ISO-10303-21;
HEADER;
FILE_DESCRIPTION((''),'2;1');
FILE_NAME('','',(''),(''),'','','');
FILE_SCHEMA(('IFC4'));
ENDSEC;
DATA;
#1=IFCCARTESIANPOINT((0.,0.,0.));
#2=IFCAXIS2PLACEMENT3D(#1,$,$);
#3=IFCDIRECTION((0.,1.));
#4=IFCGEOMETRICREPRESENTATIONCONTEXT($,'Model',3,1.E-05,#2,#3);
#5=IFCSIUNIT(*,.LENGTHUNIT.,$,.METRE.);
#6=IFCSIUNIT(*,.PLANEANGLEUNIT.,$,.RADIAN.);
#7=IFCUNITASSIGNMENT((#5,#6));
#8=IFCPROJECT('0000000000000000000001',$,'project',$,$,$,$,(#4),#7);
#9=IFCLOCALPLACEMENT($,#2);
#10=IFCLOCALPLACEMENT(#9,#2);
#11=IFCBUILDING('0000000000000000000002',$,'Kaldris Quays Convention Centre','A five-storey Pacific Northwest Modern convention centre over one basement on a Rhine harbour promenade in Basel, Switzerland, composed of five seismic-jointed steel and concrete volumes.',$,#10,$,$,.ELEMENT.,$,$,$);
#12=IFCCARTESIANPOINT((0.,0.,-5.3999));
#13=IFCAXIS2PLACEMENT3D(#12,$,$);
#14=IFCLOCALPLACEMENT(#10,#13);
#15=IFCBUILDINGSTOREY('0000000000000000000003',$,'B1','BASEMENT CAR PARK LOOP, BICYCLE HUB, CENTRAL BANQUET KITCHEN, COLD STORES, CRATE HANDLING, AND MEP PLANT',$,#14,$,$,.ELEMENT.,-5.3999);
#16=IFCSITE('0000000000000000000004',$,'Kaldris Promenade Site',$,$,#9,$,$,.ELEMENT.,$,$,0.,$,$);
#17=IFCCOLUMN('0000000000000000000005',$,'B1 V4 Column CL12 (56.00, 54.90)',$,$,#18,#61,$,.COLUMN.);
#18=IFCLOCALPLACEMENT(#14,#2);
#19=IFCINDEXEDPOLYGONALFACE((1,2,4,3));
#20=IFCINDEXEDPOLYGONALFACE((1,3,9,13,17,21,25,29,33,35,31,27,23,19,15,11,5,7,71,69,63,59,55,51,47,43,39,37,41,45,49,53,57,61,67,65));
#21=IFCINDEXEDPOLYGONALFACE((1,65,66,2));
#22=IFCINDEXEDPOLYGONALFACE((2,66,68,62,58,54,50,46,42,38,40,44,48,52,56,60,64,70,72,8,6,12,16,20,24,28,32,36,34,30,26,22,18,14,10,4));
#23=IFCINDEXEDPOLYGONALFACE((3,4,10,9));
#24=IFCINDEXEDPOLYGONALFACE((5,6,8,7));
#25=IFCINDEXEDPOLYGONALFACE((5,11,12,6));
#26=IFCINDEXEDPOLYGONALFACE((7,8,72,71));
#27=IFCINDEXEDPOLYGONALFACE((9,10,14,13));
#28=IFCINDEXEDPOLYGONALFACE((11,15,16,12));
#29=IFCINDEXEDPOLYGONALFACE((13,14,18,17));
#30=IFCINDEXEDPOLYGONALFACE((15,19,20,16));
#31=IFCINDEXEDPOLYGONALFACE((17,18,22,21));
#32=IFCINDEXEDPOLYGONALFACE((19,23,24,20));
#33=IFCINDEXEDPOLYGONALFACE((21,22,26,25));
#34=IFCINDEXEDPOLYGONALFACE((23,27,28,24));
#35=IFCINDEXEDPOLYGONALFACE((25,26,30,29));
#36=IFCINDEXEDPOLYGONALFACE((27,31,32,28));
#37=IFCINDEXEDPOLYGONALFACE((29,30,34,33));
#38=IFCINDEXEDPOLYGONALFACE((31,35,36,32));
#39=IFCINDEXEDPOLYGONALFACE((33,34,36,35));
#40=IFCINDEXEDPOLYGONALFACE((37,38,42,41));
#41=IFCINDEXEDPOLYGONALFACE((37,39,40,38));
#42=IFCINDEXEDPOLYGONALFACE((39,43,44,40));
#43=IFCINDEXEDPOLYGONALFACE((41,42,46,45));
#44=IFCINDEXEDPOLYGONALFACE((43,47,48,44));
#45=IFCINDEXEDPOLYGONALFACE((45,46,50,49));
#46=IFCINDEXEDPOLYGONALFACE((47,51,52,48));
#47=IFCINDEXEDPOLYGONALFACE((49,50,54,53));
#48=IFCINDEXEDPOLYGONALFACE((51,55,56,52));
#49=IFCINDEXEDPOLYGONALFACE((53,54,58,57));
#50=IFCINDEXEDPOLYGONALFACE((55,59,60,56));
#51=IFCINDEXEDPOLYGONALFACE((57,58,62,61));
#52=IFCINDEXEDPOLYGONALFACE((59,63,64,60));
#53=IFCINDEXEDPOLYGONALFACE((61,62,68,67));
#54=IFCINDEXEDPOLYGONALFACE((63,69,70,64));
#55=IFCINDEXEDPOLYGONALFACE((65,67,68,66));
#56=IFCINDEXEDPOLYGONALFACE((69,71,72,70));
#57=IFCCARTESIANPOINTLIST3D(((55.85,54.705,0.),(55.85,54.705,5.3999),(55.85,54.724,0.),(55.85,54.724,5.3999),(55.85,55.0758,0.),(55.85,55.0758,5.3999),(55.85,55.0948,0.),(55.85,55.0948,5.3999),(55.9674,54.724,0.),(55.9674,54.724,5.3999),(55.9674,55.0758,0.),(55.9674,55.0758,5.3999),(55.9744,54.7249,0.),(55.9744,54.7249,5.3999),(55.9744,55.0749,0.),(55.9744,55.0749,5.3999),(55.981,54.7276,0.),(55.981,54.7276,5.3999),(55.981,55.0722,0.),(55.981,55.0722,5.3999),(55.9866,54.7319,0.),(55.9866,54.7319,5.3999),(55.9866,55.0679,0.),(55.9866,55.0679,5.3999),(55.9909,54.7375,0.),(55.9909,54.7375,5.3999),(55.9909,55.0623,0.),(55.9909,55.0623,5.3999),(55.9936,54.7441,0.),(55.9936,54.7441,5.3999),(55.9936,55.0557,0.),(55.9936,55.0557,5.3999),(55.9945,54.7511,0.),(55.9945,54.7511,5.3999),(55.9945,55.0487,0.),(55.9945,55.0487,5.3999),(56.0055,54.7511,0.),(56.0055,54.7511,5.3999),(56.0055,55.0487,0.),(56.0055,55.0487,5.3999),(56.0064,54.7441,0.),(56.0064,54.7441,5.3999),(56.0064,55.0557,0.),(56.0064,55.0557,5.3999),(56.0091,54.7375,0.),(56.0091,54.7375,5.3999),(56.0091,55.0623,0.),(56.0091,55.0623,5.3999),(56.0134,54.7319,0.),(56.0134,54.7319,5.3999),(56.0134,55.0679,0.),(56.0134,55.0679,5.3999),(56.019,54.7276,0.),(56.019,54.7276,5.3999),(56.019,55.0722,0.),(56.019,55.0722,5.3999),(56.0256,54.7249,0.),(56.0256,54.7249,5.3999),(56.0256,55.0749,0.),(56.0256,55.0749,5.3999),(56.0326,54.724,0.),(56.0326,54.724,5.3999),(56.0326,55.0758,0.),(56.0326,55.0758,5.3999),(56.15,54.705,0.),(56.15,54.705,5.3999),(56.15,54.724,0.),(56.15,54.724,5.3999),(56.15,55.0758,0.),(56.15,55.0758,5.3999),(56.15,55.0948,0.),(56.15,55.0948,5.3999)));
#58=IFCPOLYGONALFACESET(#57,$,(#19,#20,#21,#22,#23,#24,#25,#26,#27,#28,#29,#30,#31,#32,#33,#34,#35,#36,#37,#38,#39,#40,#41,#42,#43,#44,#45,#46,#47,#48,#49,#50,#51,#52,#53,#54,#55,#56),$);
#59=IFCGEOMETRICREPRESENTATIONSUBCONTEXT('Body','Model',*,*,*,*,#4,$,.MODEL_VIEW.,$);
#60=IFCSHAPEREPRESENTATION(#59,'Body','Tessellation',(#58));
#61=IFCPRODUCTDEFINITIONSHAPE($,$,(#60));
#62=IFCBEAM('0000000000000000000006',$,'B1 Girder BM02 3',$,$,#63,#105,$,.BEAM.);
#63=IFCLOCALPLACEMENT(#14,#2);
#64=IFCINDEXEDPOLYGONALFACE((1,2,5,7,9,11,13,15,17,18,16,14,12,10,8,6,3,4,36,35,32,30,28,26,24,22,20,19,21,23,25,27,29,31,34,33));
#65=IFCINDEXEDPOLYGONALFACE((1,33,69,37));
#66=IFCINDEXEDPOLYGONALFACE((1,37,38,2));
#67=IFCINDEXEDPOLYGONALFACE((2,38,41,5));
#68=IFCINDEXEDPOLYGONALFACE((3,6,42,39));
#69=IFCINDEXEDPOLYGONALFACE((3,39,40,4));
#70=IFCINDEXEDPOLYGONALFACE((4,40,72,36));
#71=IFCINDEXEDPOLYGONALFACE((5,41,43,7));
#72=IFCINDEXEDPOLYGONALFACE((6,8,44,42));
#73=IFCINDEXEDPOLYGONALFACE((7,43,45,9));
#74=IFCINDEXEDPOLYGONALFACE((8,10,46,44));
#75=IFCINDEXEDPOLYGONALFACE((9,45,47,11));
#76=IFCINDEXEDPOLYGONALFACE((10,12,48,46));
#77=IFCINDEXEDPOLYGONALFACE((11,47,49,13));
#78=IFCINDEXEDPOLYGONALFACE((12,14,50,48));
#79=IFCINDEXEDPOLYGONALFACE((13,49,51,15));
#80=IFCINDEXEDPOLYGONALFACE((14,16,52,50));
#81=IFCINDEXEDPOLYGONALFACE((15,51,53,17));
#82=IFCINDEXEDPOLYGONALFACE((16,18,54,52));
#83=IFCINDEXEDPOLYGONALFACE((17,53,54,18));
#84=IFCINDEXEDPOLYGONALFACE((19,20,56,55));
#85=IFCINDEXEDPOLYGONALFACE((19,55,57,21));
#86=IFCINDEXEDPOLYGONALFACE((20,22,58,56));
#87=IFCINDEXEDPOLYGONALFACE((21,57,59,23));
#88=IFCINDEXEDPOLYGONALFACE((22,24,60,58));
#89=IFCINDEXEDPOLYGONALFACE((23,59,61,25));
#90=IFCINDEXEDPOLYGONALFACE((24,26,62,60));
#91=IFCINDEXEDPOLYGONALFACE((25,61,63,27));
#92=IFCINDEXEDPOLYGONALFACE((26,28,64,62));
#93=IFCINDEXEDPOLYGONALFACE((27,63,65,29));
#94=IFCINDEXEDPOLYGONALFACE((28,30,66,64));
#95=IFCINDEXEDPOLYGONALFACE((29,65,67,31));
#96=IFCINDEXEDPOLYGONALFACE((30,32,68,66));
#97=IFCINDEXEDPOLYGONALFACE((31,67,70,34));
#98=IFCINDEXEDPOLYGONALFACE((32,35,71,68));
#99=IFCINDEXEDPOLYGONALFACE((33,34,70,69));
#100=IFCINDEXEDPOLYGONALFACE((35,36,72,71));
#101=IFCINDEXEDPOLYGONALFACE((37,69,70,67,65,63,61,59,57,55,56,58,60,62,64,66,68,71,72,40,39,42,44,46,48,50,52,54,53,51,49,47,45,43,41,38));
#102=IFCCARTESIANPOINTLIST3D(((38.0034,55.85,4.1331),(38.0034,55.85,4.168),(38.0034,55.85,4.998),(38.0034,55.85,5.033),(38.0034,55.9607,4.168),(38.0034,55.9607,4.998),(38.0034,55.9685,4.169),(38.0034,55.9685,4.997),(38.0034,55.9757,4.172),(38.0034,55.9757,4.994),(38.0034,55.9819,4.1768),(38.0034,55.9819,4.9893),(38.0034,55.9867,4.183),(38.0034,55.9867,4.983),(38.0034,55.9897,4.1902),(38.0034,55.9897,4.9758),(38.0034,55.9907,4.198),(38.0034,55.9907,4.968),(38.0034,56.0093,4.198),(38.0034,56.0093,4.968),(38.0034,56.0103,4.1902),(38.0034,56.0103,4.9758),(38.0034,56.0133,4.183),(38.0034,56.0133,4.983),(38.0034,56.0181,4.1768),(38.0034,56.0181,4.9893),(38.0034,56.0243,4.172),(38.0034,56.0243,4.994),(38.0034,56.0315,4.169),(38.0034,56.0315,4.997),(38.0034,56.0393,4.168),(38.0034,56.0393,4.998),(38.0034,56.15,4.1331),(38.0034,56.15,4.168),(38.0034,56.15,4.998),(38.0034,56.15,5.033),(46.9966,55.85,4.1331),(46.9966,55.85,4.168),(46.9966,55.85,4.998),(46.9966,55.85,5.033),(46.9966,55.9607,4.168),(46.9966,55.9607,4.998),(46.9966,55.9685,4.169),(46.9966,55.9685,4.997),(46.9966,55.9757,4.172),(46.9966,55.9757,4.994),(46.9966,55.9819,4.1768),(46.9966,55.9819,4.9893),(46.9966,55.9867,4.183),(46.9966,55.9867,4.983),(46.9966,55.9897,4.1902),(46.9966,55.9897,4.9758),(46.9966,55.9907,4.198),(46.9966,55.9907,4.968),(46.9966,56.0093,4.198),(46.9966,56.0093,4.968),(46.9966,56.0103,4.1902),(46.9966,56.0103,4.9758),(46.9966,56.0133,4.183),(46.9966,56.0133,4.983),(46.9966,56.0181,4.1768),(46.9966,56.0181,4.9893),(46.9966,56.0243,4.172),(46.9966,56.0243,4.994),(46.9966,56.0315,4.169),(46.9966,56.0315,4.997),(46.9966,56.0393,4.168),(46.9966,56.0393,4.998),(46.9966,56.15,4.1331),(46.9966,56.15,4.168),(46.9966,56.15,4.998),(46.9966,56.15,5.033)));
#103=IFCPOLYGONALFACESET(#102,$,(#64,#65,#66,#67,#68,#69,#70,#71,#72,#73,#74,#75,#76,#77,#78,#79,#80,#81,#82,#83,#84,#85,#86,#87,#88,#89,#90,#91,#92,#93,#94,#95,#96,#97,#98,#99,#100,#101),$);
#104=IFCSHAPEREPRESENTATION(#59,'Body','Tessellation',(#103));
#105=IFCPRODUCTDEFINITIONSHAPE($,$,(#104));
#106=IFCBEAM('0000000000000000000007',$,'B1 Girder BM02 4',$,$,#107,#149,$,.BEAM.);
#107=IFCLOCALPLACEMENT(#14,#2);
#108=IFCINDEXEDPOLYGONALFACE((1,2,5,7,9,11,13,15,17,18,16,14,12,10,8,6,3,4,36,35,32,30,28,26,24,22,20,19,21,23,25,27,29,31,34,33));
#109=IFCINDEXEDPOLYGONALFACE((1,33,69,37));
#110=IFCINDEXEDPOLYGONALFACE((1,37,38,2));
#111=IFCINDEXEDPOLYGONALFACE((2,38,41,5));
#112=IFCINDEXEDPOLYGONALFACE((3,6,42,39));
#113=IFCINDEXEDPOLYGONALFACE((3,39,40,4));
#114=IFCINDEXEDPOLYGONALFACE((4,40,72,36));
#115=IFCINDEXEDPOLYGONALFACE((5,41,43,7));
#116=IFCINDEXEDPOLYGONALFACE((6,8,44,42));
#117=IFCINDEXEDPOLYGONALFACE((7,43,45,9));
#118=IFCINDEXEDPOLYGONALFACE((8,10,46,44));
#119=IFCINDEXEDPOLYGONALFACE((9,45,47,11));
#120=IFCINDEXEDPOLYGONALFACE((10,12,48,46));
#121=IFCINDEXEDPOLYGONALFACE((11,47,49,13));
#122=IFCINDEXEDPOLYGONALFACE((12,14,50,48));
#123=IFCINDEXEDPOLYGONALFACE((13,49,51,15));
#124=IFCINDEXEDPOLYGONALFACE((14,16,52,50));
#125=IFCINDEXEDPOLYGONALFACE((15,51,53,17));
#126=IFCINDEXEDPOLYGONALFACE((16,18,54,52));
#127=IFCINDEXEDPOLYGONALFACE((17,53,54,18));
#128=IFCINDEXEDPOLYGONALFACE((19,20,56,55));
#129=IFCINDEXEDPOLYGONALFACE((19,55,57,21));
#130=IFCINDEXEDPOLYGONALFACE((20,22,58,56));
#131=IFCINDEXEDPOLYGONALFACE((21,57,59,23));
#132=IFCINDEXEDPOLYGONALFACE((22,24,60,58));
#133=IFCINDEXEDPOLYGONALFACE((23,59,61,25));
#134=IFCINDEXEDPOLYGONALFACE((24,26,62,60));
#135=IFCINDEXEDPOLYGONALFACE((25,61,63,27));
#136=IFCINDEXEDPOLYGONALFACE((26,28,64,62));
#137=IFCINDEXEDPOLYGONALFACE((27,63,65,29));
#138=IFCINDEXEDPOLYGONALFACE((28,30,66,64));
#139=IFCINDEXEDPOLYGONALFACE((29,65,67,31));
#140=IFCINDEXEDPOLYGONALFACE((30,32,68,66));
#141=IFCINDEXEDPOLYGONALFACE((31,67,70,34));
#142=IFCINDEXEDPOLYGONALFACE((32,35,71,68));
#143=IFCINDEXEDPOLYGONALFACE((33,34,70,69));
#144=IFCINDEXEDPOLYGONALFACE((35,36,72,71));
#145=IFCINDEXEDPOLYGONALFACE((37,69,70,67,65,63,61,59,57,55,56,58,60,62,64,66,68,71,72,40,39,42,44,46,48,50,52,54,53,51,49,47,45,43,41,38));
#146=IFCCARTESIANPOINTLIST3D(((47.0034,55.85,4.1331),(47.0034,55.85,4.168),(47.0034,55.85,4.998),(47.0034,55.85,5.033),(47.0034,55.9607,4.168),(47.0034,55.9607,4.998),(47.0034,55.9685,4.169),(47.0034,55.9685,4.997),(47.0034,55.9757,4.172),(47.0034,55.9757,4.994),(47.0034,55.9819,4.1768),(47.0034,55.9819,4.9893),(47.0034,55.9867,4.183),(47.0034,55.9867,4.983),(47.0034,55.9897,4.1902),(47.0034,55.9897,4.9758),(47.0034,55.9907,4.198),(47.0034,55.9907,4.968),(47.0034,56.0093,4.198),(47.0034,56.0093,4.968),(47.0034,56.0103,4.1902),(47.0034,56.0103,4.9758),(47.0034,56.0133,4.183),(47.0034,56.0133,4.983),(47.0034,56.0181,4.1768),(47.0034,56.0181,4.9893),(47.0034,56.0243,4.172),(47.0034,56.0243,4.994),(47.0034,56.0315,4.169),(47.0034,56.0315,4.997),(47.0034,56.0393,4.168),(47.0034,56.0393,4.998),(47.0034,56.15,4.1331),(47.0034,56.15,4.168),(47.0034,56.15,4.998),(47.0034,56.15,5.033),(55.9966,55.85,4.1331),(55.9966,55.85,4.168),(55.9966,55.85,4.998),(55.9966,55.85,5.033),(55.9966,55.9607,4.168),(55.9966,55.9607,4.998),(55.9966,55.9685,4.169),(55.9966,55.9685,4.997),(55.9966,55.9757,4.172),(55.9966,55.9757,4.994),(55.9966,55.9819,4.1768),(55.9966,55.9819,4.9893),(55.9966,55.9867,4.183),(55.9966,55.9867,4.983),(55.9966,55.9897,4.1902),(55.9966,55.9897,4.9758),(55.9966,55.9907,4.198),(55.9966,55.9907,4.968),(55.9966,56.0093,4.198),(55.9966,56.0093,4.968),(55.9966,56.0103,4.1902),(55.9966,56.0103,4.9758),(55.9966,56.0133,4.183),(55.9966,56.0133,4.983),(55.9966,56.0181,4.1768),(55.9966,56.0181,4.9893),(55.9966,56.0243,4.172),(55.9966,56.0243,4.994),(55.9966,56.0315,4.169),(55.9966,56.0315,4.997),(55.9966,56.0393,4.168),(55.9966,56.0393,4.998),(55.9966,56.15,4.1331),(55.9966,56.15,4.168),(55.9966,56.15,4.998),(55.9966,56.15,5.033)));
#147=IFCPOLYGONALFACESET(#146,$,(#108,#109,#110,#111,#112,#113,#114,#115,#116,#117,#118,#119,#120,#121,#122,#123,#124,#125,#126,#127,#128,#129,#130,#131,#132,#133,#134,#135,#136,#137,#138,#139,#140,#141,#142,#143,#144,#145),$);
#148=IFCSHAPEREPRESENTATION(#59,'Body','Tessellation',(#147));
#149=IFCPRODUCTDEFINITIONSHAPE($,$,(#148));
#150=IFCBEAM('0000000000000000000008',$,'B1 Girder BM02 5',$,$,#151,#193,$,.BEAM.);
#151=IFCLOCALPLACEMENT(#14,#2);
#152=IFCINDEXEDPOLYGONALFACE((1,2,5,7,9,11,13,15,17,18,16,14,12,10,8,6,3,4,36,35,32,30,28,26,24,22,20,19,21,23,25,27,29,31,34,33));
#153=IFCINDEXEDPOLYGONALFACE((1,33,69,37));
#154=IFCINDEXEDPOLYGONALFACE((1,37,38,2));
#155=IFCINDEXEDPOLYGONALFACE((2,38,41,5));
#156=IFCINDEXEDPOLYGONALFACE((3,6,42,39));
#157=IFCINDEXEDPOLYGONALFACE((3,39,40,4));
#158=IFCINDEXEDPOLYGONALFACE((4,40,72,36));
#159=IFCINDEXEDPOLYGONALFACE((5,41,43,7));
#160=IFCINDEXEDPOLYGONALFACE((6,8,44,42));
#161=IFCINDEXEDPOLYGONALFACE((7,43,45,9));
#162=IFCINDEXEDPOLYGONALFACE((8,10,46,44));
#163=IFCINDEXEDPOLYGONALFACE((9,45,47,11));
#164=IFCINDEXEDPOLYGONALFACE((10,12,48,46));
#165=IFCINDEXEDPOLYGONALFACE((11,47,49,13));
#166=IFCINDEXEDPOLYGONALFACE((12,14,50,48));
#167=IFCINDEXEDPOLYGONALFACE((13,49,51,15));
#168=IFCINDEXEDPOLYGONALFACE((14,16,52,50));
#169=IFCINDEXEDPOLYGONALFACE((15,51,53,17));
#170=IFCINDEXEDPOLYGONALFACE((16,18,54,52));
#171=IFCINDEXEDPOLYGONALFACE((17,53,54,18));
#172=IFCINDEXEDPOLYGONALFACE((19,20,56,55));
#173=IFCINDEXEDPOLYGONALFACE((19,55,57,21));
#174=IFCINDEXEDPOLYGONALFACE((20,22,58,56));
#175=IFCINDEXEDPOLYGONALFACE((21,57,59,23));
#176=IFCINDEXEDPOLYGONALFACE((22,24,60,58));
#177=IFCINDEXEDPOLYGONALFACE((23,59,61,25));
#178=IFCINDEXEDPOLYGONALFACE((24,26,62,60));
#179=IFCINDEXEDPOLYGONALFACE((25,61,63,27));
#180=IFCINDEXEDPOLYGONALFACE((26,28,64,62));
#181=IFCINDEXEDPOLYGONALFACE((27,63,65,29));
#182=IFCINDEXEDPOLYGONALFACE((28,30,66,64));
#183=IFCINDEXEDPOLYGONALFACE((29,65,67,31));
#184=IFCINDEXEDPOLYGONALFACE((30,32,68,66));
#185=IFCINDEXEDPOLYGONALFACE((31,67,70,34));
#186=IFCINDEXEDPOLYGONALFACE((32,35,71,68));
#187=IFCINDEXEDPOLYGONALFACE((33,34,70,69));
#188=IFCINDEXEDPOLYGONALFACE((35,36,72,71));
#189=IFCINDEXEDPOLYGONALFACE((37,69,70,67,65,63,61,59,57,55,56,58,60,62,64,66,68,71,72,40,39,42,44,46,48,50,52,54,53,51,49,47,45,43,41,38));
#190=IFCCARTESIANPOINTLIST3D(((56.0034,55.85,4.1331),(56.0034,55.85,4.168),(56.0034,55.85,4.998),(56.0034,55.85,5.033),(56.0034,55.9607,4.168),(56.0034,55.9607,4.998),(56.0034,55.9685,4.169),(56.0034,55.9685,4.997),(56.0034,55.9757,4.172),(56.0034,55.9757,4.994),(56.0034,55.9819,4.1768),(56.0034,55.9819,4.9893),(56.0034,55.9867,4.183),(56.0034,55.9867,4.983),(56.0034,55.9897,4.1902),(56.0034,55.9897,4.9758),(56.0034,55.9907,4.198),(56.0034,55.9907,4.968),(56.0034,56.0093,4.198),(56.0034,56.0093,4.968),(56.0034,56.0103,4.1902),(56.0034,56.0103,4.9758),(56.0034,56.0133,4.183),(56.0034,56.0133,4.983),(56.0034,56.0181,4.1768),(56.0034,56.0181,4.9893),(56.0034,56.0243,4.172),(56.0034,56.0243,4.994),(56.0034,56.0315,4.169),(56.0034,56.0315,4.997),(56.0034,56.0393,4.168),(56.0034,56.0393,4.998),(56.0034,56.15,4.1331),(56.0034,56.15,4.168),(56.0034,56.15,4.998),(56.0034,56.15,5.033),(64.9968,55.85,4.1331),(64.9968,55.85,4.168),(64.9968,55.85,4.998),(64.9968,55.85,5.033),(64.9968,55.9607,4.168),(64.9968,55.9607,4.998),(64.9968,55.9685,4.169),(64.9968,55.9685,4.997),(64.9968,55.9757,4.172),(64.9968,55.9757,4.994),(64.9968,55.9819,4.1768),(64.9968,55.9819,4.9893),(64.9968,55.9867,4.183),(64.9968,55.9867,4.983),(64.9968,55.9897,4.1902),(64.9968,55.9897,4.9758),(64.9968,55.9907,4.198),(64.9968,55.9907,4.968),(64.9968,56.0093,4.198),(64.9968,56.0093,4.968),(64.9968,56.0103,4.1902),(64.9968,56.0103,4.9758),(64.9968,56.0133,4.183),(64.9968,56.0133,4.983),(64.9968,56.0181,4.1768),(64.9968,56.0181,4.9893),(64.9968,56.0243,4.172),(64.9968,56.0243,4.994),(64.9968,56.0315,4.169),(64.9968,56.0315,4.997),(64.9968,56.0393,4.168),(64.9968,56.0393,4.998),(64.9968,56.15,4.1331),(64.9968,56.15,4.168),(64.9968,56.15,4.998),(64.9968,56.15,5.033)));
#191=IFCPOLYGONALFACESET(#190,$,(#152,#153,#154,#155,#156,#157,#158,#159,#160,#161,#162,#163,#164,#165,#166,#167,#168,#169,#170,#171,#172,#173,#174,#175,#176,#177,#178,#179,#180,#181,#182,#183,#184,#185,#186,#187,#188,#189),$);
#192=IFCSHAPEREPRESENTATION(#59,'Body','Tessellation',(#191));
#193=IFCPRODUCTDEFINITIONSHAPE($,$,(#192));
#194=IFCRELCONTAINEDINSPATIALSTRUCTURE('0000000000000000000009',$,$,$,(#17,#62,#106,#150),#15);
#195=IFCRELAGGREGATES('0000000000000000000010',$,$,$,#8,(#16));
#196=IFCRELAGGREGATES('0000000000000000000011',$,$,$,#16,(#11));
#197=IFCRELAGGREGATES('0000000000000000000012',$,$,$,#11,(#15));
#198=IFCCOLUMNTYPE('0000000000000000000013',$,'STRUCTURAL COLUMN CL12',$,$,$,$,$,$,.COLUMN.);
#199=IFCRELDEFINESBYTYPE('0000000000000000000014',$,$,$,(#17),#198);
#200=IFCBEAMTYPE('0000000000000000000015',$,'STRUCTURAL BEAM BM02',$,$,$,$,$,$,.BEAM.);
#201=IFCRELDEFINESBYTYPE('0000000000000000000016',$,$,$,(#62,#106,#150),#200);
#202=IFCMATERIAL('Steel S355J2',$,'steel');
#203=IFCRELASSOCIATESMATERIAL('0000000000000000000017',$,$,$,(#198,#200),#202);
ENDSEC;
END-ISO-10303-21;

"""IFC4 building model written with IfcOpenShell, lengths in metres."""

from ifc_helpers import new_model, si_unit, direction, frame, origin, origin_2d, place, context, subcontext, project, spatial, i_section, extrude, material, material_profile, profile_set, type_object, element, save


model = new_model("IFC4")

# Units and contexts
model_context = context("Model", 3, precision=1e-05, world=origin(), true_north=direction((0.0, 1.0)))
body_context = subcontext(model_context, "Body", "Model", "MODEL_VIEW")
ifc_project = project(units=[si_unit("LENGTHUNIT", "METRE"), si_unit("PLANEANGLEUNIT", "RADIAN")], contexts=[model_context])

# Site, building, storey
site_placement = place(None, origin())
site = spatial("IfcSite", under=ifc_project, at=site_placement, Name="Kaldris Promenade Site", CompositionType="ELEMENT", RefElevation=0.0)
building_placement = place(site_placement, origin())
building = spatial("IfcBuilding", under=site, at=building_placement, Name="Kaldris Quays Convention Centre", Description="A five-storey Pacific Northwest Modern convention centre over one basement on a Rhine harbour promenade in Basel, Switzerland, composed of five seismic-jointed steel and concrete volumes.", CompositionType="ELEMENT")
storey_placement = place(building_placement, frame((0.0, 0.0, -5.3999)))
storey = spatial("IfcBuildingStorey", under=building, at=storey_placement, Name="B1", Description="BASEMENT CAR PARK LOOP, BICYCLE HUB, CENTRAL BANQUET KITCHEN, COLD STORES, CRATE HANDLING, AND MEP PLANT", CompositionType="ELEMENT", Elevation=-5.3999)

# Column
ifc_material_1 = material(Name="Steel S355J2", Category="steel")
ifc_material_profile_1 = material_profile(ifc_material_1, i_section(OverallWidth=0.3, OverallDepth=0.3899, WebThickness=0.011, FlangeThickness=0.019, FilletRadius=0.0271, at=origin_2d()), Name="HEA 400")
ifc_profile_set_1 = profile_set([ifc_material_profile_1], Name="Steel S355J2")
column_type_1 = type_object("IfcColumnType", Name="STRUCTURAL COLUMN CL12", PredefinedType="COLUMN", material=ifc_profile_set_1)
for number, where, z_axis, x_axis, name in (
    (1, (56.0, 54.8999, 0.0), (0.0, 0.0, 1.0), (1.0, 0.0, 0.0), "B1 V4 Column CL12 (56.00, 54.90)"),
):
    element("IfcColumn", number, at=place(storey_placement, frame(where, z_axis=z_axis, x_axis=x_axis)), inside=storey, type_object=column_type_1, Name=name, PredefinedType="COLUMN", context=body_context, shape_type="SweptSolid", body=[
        extrude(i_section(OverallWidth=0.3, OverallDepth=0.3899, WebThickness=0.011, FlangeThickness=0.019, FilletRadius=0.0271, at=origin_2d()), origin(), (0.0, 0.0, 1.0), 5.3999),
    ])

# Beams
ifc_material_profile_2 = material_profile(ifc_material_1, i_section(OverallWidth=0.3, OverallDepth=0.8999, WebThickness=0.0186, FlangeThickness=0.0349, FilletRadius=0.03, at=origin_2d()), Name="HEB 900")
ifc_profile_set_2 = profile_set([ifc_material_profile_2], Name="Steel S355J2")
beam_type_1 = type_object("IfcBeamType", Name="STRUCTURAL BEAM BM02", PredefinedType="BEAM", material=ifc_profile_set_2)
for number, where, z_axis, x_axis, name in (
    (2, (38.0034, 56.0, 4.583), (1.0, 0.0, 0.0), (0.0, 1.0, 0.0), "B1 Girder BM02 3"),
    (3, (47.0034, 56.0, 4.583), (1.0, 0.0, 0.0), (0.0, 1.0, 0.0), "B1 Girder BM02 4"),
):
    element("IfcBeam", number, at=place(storey_placement, frame(where, z_axis=z_axis, x_axis=x_axis)), inside=storey, type_object=beam_type_1, Name=name, PredefinedType="BEAM", context=body_context, shape_type="SweptSolid", body=[
        extrude(i_section(OverallWidth=0.3, OverallDepth=0.8999, WebThickness=0.0186, FlangeThickness=0.0349, FilletRadius=0.03, at=origin_2d()), origin(), (0.0, 0.0, 1.0), 8.9932),
    ])
beam_1_placement = place(storey_placement, frame((56.0034, 56.0, 4.583), z_axis=(1.0, 0.0, 0.0), x_axis=(0.0, 1.0, 0.0)))
element("IfcBeam", 4, at=beam_1_placement, inside=storey, type_object=beam_type_1, Name="B1 Girder BM02 5", PredefinedType="BEAM", context=body_context, shape_type="SweptSolid", body=[
    extrude(i_section(OverallWidth=0.3, OverallDepth=0.8999, WebThickness=0.0186, FlangeThickness=0.0349, FilletRadius=0.03, at=origin_2d()), origin(), (0.0, 0.0, 1.0), 8.9934),
])

save(model, "model.ifc")
